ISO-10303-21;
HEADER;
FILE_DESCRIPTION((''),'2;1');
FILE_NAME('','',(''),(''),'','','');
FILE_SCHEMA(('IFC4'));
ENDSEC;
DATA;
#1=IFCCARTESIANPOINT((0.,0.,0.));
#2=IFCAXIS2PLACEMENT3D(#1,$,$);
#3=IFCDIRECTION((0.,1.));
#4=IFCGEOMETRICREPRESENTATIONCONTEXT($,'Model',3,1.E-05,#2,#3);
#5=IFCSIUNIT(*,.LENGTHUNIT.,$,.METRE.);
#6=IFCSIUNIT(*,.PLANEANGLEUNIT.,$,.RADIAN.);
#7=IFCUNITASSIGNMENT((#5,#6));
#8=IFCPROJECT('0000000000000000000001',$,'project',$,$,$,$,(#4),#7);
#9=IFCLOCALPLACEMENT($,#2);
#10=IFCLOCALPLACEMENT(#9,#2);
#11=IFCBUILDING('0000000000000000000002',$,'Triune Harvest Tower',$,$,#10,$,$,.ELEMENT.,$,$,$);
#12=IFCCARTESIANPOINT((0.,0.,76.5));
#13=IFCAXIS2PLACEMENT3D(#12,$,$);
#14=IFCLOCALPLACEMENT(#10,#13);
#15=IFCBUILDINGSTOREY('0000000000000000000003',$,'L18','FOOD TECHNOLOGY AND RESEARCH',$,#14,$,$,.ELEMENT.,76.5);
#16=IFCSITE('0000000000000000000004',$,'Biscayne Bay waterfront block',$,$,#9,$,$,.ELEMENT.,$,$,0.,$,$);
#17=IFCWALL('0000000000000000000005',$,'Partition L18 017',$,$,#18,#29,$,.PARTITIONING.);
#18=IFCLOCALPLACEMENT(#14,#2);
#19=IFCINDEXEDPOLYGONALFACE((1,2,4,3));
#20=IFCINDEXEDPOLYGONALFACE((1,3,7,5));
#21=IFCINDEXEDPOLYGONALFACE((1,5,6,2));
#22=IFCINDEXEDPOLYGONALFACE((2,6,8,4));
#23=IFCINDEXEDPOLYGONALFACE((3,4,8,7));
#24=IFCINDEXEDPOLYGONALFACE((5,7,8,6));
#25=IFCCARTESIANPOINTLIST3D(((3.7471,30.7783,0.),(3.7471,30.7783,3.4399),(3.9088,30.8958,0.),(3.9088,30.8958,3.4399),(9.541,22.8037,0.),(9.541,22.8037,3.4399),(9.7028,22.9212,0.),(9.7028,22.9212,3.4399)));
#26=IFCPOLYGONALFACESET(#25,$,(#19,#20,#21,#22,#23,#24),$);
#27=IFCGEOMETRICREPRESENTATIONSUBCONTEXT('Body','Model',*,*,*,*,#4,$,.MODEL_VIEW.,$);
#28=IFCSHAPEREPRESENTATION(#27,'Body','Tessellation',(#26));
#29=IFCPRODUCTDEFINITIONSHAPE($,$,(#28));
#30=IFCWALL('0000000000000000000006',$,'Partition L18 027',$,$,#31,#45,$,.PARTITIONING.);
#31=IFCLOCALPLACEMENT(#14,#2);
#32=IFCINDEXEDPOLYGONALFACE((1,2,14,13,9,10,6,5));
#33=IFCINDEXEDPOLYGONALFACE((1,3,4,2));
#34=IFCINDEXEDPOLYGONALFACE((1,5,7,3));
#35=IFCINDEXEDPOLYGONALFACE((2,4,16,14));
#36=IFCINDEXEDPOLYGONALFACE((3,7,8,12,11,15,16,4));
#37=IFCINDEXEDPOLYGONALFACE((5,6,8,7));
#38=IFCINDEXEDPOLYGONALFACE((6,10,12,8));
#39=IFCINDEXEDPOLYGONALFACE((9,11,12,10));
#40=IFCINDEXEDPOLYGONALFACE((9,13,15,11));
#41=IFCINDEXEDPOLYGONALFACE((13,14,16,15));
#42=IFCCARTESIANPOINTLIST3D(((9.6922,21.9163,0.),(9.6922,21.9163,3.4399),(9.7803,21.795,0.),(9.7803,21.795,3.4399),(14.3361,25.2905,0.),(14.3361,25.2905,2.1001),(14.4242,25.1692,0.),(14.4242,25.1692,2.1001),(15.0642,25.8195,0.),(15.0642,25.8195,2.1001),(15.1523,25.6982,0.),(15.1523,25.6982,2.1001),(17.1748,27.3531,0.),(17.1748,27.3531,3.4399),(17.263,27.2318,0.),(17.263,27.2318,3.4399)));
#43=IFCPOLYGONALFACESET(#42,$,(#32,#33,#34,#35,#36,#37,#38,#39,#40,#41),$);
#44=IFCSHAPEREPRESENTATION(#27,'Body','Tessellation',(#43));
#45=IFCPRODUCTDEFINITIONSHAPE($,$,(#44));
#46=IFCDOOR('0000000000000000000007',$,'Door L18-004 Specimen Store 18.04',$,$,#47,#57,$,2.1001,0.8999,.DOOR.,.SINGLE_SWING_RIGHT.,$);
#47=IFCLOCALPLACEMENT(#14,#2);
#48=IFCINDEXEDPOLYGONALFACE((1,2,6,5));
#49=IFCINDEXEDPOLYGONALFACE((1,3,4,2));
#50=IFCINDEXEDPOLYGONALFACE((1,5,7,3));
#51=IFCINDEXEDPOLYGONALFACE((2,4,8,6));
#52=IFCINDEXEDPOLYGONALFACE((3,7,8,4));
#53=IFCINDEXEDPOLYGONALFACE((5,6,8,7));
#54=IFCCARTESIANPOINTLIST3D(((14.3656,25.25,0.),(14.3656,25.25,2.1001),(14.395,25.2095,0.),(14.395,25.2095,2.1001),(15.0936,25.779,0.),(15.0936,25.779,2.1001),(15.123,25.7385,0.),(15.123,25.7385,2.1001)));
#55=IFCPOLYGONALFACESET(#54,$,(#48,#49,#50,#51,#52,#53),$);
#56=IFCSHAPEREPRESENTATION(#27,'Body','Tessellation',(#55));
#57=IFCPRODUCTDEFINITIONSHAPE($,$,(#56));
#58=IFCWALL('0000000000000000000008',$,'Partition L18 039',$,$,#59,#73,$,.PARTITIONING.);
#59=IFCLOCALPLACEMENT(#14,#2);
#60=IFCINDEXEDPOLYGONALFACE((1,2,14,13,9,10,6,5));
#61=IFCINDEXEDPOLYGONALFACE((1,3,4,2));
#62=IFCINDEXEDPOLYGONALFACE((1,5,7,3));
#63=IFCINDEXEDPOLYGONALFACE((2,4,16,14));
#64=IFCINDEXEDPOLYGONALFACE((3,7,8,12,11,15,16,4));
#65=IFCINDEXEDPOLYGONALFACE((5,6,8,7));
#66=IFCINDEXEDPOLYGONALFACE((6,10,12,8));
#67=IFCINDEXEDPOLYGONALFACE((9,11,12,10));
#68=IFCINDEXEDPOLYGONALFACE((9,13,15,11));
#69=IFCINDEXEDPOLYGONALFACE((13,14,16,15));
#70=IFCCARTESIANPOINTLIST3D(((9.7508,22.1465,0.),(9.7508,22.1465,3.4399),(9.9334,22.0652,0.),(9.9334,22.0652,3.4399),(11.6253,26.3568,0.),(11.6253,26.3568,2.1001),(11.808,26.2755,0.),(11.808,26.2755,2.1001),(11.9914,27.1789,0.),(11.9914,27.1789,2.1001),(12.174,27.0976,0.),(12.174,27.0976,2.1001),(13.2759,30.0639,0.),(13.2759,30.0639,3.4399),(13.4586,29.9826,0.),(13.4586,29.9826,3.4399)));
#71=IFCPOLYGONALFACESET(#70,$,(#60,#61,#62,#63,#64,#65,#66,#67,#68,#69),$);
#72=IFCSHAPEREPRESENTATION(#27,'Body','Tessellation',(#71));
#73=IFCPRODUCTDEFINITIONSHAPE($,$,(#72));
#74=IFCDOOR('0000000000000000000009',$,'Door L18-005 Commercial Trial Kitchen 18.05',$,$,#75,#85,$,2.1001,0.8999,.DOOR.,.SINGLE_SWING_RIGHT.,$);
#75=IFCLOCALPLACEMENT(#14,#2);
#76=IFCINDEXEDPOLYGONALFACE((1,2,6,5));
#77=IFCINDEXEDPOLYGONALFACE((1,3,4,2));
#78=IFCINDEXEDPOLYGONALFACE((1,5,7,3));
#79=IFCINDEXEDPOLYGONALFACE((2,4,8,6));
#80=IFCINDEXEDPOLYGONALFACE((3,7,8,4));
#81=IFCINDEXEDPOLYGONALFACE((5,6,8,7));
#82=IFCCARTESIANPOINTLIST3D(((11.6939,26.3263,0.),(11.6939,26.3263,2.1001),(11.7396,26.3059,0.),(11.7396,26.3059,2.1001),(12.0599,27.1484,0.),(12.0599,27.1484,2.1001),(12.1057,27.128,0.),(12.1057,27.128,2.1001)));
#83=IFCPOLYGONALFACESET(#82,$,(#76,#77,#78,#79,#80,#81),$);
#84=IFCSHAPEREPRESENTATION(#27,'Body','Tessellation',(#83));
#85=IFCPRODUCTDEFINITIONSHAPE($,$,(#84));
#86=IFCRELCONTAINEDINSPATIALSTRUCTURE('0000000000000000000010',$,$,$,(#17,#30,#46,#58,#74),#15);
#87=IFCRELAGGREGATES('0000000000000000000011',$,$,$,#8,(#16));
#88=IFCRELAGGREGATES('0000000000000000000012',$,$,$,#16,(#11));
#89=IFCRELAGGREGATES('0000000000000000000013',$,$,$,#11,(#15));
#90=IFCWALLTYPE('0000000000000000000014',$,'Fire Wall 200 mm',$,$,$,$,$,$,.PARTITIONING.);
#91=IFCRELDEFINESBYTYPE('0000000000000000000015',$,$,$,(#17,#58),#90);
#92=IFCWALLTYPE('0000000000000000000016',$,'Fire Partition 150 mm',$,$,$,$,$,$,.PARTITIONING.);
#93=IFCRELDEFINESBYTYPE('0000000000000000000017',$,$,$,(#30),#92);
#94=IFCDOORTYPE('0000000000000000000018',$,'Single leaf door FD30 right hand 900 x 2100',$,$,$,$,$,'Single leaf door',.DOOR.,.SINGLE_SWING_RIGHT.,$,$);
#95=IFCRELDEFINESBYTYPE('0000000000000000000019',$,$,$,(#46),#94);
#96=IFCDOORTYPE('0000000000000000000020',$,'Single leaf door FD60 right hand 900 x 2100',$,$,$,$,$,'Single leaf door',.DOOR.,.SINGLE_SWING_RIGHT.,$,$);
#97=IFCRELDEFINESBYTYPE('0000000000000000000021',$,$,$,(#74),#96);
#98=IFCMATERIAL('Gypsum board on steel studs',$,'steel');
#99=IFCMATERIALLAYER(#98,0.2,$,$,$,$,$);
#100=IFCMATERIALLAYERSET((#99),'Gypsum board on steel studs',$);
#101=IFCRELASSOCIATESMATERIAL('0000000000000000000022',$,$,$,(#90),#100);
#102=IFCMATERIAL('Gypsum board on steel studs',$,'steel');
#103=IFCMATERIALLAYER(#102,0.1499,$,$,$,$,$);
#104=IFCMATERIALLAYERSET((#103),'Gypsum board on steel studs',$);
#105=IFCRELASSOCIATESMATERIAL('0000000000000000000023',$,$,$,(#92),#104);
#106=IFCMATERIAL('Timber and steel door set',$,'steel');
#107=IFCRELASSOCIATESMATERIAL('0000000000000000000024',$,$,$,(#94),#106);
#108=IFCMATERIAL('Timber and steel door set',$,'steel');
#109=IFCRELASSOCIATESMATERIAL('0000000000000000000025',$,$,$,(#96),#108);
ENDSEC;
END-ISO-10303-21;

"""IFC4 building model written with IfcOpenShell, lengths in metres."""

from ifc_helpers import new_model, si_unit, direction, frame, frame_2d, origin, place, context, subcontext, project, spatial, rectangle, extrude, source, transform, mapped, material, layer, layer_set, type_object, element, fill, save


model = new_model("IFC4")

# Units and contexts
model_context = context("Model", 3, precision=1e-05, world=origin(), true_north=direction((0.0, 1.0)))
body_context = subcontext(model_context, "Body", "Model", "MODEL_VIEW")
ifc_project = project(units=[si_unit("LENGTHUNIT", "METRE"), si_unit("PLANEANGLEUNIT", "RADIAN")], contexts=[model_context])

# Site, building, storey
site_placement = place(None, origin())
site = spatial("IfcSite", under=ifc_project, at=site_placement, Name="Biscayne Bay waterfront block", CompositionType="ELEMENT", RefElevation=0.0)
building_placement = place(site_placement, origin())
building = spatial("IfcBuilding", under=site, at=building_placement, Name="Triune Harvest Tower", CompositionType="ELEMENT")
storey_placement = place(building_placement, frame((0.0, 0.0, 76.5)))
storey = spatial("IfcBuildingStorey", under=building, at=storey_placement, Name="L18", Description="FOOD TECHNOLOGY AND RESEARCH", CompositionType="ELEMENT", Elevation=76.5)

# Wall
ifc_material_1 = material(Name="Gypsum board on steel studs", Category="steel")
ifc_layer_1 = layer(ifc_material_1, 0.2)
ifc_layer_set_1 = layer_set([ifc_layer_1], Name="Gypsum board on steel studs")
wall_type_1 = type_object("IfcWallType", Name="Fire Wall 200 mm", PredefinedType="PARTITIONING", material=ifc_layer_set_1)
wall_1_placement = place(storey_placement, frame((3.8279, 30.8372, 0.0), z_axis=(0.0, 0.0, 1.0), x_axis=(0.587789, -0.809014, 0.0)))
element("IfcWall", 1, at=wall_1_placement, inside=storey, type_object=wall_type_1, Name="Partition L18 017", PredefinedType="PARTITIONING", context=body_context, shape_type="SweptSolid", body=[
    extrude(rectangle(XDim=9.8572, YDim=0.2, at=frame_2d((4.9287, 0.0))), origin(), (0.0, 0.0, 1.0), 3.4399),
])

# Walls, openings, doors
ifc_material_2 = material(Name="Gypsum board on steel studs", Category="steel")
ifc_layer_2 = layer(ifc_material_2, 0.1499)
ifc_layer_set_2 = layer_set([ifc_layer_2], Name="Gypsum board on steel studs")
wall_type_2 = type_object("IfcWallType", Name="Fire Partition 150 mm", PredefinedType="PARTITIONING", material=ifc_layer_set_2)
shared_shape_1 = source(origin(), body_context, "Body", "SweptSolid", [
    extrude(rectangle(XDim=9.2493, YDim=0.1499, at=frame_2d((4.6245, 0.0))), origin(), (0.0, 0.0, 1.0), 3.4399),
])
wall_2_placement = place(storey_placement, frame((9.7363, 21.8557, 0.0), z_axis=(0.0, 0.0, 1.0), x_axis=(0.809002, 0.587806, 0.0)))
wall_2 = element("IfcWall", 2, at=wall_2_placement, inside=storey, type_object=wall_type_2, Name="Partition L18 027", PredefinedType="PARTITIONING", context=body_context, shape_type="MappedRepresentation", body=[
    mapped(shared_shape_1, transform((0.0, 0.0, 0.0), scale=1.0)),
])
opening_1_placement = place(wall_2_placement, frame((5.7402, 0.0, 0.0)))
opening_1 = element("IfcOpeningElement", 3, at=opening_1_placement, cuts=wall_2, PredefinedType="OPENING", context=body_context, shape_type="SweptSolid", body=[
    extrude(rectangle(XDim=0.8999, YDim=2.1001, at=frame_2d((0.45, 1.05))), frame((0.0, 0.085, 0.0), z_axis=(0.0, -1.0, 0.0), x_axis=(1.0, 0.0, 0.0)), (0.0, 0.0, 1.0), 0.1699),
])
ifc_material_3 = material(Name="Timber and steel door set", Category="steel")
door_type_1 = type_object("IfcDoorType", Name="Single leaf door FD30 right hand 900 x 2100", ElementType="Single leaf door", OperationType="SINGLE_SWING_RIGHT", PredefinedType="DOOR", material=ifc_material_3)
door_1_placement = place(opening_1_placement, origin())
door_1 = element("IfcDoor", 4, at=door_1_placement, inside=storey, type_object=door_type_1, Name="Door L18-004 Specimen Store 18.04", OperationType="SINGLE_SWING_RIGHT", OverallHeight=2.1001, OverallWidth=0.8999, PredefinedType="DOOR", context=body_context, shape_type="SweptSolid", body=[
    extrude(rectangle(XDim=0.8999, YDim=2.1001, at=frame_2d((0.45, 1.05))), frame((0.0, 0.0249, 0.0), z_axis=(0.0, -1.0, 0.0), x_axis=(1.0, 0.0, 0.0)), (0.0, 0.0, 1.0), 0.05),
])
fill(opening_1, door_1)
shared_shape_2 = source(origin(), body_context, "Body", "SweptSolid", [
    extrude(rectangle(XDim=8.6667, YDim=0.2, at=frame_2d((4.3335, 0.0))), origin(), (0.0, 0.0, 1.0), 3.4399),
])
wall_3_placement = place(storey_placement, frame((9.842, 22.1057, 0.0), z_axis=(0.0, 0.0, 1.0), x_axis=(0.406742, 0.913543, 0.0)))
wall_3 = element("IfcWall", 5, at=wall_3_placement, inside=storey, type_object=wall_type_1, Name="Partition L18 039", PredefinedType="PARTITIONING", context=body_context, shape_type="MappedRepresentation", body=[
    mapped(shared_shape_2, transform((0.0, 0.0, 0.0), scale=1.0)),
])
opening_2_placement = place(wall_3_placement, frame((4.6089, 0.0, 0.0)))
opening_2 = element("IfcOpeningElement", 6, at=opening_2_placement, cuts=wall_3, PredefinedType="OPENING", context=body_context, shape_type="SweptSolid", body=[
    extrude(rectangle(XDim=0.8999, YDim=2.1001, at=frame_2d((0.45, 1.05))), frame((0.0, 0.1099, 0.0), z_axis=(0.0, -1.0, 0.0), x_axis=(1.0, 0.0, 0.0)), (0.0, 0.0, 1.0), 0.22),
])
ifc_material_4 = material(Name="Timber and steel door set", Category="steel")
door_type_2 = type_object("IfcDoorType", Name="Single leaf door FD60 right hand 900 x 2100", ElementType="Single leaf door", OperationType="SINGLE_SWING_RIGHT", PredefinedType="DOOR", material=ifc_material_4)
door_2_placement = place(opening_2_placement, origin())
door_2 = element("IfcDoor", 7, at=door_2_placement, inside=storey, type_object=door_type_2, Name="Door L18-005 Commercial Trial Kitchen 18.05", OperationType="SINGLE_SWING_RIGHT", OverallHeight=2.1001, OverallWidth=0.8999, PredefinedType="DOOR", context=body_context, shape_type="SweptSolid", body=[
    extrude(rectangle(XDim=0.8999, YDim=2.1001, at=frame_2d((0.45, 1.05))), frame((0.0, 0.0249, 0.0), z_axis=(0.0, -1.0, 0.0), x_axis=(1.0, 0.0, 0.0)), (0.0, 0.0, 1.0), 0.05),
])
fill(opening_2, door_2)

save(model, "model.ifc")
